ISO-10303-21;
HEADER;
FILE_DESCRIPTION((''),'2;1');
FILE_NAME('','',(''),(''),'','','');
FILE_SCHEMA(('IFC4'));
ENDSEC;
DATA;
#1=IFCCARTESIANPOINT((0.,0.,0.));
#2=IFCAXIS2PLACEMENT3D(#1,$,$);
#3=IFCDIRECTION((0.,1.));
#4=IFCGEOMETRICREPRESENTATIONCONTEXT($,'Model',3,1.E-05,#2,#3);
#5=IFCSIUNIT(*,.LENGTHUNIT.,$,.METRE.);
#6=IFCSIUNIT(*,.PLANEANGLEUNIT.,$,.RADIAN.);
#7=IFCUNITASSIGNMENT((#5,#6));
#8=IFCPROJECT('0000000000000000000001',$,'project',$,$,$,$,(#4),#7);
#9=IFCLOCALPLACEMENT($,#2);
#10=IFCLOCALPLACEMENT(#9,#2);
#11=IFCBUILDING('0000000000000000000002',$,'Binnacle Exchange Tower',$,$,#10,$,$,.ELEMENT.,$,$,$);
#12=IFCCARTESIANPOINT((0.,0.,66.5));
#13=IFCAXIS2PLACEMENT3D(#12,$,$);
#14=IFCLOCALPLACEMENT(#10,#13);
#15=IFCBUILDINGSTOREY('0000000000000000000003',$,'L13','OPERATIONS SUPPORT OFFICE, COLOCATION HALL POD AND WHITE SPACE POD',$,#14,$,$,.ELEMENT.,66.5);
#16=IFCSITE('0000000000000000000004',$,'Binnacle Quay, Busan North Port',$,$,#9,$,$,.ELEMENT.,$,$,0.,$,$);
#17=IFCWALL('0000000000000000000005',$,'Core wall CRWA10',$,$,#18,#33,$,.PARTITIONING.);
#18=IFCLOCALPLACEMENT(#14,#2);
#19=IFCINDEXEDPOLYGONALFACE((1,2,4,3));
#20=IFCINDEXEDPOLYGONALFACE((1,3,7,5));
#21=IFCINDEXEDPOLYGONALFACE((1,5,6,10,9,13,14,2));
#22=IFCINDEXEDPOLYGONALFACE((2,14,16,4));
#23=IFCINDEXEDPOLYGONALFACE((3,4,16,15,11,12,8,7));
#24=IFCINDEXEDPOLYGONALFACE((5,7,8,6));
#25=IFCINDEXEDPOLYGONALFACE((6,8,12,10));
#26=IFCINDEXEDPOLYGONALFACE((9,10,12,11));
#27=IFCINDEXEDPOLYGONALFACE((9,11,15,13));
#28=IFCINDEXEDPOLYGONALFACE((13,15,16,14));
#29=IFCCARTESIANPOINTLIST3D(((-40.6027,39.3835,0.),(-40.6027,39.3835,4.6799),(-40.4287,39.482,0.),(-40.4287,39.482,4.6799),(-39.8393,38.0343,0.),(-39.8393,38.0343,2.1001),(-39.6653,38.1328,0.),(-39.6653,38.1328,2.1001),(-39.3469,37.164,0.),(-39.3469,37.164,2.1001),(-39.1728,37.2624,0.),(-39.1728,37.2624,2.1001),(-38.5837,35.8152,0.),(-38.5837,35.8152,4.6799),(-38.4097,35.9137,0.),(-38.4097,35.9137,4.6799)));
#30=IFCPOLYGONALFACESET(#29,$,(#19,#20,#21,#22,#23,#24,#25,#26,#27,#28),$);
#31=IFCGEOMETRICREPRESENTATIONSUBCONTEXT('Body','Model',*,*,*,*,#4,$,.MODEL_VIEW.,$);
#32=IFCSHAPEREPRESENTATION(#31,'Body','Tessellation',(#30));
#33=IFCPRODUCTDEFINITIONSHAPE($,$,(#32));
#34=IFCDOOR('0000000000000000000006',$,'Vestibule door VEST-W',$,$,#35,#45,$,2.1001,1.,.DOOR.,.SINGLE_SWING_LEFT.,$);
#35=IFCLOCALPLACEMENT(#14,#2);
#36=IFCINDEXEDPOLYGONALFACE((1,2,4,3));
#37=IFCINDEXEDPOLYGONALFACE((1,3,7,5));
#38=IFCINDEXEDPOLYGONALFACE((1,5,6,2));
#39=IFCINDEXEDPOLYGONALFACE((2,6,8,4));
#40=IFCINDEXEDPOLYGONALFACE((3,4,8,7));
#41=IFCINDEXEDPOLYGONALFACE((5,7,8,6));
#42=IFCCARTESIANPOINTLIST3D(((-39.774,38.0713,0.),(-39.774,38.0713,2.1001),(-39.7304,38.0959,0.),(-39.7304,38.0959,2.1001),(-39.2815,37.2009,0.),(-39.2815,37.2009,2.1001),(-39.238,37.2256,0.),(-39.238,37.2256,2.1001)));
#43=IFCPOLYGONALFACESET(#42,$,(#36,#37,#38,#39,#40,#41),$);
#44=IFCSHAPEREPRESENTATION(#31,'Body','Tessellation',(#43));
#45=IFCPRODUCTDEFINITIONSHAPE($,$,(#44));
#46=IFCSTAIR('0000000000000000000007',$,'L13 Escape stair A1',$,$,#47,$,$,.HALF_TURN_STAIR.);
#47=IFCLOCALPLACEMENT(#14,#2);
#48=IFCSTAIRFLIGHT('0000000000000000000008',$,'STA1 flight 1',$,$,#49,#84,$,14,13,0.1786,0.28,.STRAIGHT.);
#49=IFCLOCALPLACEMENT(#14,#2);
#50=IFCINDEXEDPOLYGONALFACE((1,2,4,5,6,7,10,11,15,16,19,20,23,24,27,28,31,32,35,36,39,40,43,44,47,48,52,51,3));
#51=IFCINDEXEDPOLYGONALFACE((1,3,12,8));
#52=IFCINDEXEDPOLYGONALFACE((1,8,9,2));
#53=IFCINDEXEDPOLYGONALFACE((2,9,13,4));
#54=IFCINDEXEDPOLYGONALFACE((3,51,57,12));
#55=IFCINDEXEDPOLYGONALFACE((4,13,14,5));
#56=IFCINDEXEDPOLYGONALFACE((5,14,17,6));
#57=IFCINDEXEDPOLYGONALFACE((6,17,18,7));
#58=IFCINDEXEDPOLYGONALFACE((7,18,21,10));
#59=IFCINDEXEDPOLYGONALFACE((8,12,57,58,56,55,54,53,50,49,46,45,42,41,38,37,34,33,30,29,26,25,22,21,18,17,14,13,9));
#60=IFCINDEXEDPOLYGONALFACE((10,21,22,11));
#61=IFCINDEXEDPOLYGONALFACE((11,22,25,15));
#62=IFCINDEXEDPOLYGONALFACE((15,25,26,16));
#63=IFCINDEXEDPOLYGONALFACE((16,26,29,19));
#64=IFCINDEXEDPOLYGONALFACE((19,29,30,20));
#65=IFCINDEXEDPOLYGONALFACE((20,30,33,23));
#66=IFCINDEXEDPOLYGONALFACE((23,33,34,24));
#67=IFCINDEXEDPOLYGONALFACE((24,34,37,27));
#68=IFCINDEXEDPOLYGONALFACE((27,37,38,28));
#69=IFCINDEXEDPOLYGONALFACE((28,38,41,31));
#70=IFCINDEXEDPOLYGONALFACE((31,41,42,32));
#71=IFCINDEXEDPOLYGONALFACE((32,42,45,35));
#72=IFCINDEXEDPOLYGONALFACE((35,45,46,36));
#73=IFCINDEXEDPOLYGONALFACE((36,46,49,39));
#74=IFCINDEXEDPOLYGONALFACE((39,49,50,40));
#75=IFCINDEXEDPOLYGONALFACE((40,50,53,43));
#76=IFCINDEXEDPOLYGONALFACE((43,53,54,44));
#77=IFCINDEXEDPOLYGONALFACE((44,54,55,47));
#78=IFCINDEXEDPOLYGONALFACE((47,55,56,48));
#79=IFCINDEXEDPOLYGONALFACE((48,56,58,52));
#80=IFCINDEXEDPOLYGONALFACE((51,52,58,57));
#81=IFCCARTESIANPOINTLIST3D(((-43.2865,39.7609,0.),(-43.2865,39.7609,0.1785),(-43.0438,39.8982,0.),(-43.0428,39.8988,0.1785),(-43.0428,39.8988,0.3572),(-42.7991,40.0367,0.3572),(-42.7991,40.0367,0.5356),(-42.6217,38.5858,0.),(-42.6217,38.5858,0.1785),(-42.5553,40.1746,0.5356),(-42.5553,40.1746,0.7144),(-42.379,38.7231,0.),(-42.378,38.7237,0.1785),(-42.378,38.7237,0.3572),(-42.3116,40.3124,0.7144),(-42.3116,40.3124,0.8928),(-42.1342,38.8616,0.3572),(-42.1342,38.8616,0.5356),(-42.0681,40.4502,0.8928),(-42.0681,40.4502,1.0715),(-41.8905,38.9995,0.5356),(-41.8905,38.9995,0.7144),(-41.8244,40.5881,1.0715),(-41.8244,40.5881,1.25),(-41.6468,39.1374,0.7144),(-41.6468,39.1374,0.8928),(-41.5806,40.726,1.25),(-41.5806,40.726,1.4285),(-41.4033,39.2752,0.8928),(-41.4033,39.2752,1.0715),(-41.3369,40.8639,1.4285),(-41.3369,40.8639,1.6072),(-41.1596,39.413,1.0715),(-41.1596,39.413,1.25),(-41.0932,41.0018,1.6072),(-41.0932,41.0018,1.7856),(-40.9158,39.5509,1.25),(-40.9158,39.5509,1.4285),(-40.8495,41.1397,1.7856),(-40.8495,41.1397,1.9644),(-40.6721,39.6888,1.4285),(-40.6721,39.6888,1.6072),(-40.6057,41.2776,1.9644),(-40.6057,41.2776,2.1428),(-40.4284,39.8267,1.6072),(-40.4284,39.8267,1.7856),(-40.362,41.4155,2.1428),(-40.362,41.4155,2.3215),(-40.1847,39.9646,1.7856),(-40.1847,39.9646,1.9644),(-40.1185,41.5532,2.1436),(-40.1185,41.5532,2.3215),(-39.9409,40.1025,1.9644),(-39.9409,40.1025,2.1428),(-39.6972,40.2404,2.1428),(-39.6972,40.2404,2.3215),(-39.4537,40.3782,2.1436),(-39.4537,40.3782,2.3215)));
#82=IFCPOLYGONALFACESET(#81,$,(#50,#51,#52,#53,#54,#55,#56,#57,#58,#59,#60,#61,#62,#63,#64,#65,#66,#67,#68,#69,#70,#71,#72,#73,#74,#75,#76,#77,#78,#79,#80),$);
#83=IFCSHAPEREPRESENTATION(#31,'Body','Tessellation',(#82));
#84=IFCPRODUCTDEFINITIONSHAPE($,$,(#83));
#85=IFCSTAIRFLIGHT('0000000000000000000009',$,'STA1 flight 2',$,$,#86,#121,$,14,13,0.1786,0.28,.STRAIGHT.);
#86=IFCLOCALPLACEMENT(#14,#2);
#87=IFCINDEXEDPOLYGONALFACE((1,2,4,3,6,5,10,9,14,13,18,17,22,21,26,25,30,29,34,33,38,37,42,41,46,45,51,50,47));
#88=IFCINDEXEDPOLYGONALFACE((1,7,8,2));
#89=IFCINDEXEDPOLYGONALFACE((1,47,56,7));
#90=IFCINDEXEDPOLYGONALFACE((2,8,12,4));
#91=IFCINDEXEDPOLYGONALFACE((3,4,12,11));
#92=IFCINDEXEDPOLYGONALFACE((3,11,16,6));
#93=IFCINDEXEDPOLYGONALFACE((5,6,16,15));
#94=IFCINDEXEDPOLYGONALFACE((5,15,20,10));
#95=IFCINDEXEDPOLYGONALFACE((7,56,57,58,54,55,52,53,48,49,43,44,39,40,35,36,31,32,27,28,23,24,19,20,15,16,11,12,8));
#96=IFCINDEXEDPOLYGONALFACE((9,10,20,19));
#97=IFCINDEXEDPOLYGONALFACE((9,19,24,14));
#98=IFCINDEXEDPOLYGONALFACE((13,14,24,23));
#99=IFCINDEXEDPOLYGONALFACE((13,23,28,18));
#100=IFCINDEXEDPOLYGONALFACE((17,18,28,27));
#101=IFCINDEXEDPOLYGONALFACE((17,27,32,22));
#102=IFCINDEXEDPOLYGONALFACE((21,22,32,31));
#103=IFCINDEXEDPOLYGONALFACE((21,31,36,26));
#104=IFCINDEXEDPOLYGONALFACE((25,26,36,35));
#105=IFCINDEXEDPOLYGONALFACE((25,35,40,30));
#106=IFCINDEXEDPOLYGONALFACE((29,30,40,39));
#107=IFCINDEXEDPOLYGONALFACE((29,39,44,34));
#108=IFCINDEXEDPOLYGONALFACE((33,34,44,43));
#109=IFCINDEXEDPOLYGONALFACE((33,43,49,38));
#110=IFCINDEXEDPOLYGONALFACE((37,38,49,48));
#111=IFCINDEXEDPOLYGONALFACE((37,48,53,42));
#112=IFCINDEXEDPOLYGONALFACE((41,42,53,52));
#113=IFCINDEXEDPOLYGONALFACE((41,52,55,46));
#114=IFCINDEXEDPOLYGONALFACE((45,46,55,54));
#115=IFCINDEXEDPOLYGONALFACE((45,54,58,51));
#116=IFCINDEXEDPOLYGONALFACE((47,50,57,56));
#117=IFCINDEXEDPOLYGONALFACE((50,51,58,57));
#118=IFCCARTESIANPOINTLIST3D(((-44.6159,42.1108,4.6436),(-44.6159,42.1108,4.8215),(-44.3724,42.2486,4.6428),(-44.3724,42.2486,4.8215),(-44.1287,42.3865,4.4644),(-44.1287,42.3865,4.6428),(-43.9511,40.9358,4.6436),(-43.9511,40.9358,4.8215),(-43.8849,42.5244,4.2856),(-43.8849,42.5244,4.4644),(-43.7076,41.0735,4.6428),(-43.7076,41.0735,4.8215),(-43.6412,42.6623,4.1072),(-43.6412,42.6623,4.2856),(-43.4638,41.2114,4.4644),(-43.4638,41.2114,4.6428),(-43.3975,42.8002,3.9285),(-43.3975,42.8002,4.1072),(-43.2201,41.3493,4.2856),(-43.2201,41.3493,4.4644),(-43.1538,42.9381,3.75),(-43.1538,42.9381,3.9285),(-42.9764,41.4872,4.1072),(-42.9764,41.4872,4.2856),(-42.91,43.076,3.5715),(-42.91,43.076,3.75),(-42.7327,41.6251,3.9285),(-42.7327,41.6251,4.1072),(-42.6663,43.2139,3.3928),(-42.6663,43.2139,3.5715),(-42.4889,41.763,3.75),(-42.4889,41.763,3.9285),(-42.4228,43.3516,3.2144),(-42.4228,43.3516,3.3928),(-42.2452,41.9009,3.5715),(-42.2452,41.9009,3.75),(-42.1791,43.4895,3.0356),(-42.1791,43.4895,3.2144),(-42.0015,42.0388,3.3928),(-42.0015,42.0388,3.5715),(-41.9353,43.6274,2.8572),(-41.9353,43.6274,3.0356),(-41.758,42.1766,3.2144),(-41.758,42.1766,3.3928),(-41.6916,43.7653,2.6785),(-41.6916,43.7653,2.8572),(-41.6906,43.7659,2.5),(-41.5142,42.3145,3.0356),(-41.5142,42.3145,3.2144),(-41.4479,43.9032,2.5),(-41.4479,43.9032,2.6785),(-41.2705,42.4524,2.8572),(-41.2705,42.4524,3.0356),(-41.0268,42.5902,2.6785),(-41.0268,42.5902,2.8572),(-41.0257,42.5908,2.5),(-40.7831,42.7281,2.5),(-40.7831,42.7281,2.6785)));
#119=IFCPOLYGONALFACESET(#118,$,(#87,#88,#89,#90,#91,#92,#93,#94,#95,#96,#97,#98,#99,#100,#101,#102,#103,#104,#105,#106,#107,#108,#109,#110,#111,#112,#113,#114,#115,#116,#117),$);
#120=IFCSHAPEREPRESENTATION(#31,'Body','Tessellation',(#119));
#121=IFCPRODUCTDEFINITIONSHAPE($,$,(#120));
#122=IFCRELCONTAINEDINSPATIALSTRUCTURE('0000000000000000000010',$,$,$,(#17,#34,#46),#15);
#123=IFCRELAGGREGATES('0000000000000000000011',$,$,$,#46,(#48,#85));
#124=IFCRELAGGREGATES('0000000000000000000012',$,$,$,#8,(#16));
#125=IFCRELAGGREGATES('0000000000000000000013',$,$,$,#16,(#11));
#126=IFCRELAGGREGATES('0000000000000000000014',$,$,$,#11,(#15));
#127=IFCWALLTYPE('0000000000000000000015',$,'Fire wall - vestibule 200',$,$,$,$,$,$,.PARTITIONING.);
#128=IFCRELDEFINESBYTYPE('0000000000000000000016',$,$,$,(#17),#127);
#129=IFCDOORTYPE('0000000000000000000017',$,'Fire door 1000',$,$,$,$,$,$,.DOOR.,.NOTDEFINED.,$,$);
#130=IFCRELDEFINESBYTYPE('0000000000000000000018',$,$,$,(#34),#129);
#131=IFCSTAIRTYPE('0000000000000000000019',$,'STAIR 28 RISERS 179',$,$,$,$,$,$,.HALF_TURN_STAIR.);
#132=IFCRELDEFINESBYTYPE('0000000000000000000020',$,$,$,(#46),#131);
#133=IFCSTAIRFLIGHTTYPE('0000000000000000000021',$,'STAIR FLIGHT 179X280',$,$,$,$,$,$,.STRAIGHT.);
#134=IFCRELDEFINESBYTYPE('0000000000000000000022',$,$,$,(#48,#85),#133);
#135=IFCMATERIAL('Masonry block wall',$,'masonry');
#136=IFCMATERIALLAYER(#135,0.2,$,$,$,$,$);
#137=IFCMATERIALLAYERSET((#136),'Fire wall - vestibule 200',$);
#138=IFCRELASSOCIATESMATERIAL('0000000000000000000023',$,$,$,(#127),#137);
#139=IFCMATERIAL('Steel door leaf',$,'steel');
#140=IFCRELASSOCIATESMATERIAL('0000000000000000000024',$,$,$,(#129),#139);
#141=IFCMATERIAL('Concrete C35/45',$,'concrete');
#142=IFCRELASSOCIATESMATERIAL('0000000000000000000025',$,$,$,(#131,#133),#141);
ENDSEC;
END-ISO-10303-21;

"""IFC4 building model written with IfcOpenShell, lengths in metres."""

from ifc_helpers import new_model, si_unit, direction, frame, frame_2d, origin, place, context, subcontext, project, spatial, polyline, rectangle, outline, extrude, material, layer, layer_set, type_object, element, fill, aggregate, save


model = new_model("IFC4")

# Units and contexts
model_context = context("Model", 3, precision=1e-05, world=origin(), true_north=direction((0.0, 1.0)))
body_context = subcontext(model_context, "Body", "Model", "MODEL_VIEW")
ifc_project = project(units=[si_unit("LENGTHUNIT", "METRE"), si_unit("PLANEANGLEUNIT", "RADIAN")], contexts=[model_context])

# Site, building, storey
site_placement = place(None, origin())
site = spatial("IfcSite", under=ifc_project, at=site_placement, Name="Binnacle Quay, Busan North Port", CompositionType="ELEMENT", RefElevation=0.0)
building_placement = place(site_placement, origin())
building = spatial("IfcBuilding", under=site, at=building_placement, Name="Binnacle Exchange Tower", CompositionType="ELEMENT")
storey_placement = place(building_placement, frame((0.0, 0.0, 66.5)))
storey = spatial("IfcBuildingStorey", under=building, at=storey_placement, Name="L13", Description="OPERATIONS SUPPORT OFFICE, COLOCATION HALL POD AND WHITE SPACE POD", CompositionType="ELEMENT", Elevation=66.5)

# Shared definitions
ifc_material_1 = material(Name="Steel door leaf", Category="steel")

# Shared definitions
ifc_material_2 = material(Name="Masonry block wall", Category="masonry")

# Wall, opening, door
ifc_layer_1 = layer(ifc_material_2, 0.2)
ifc_layer_set_1 = layer_set([ifc_layer_1], Name="Fire wall - vestibule 200")
wall_type_1 = type_object("IfcWallType", Name="Fire wall - vestibule 200", PredefinedType="PARTITIONING", material=ifc_layer_set_1)
wall_1_placement = place(storey_placement, frame((-40.5156, 39.4326, 0.0), z_axis=(0.0, 0.0, 1.0), x_axis=(0.492454, -0.870339, 0.0)))
wall_1 = element("IfcWall", 1, at=wall_1_placement, inside=storey, type_object=wall_type_1, Name="Core wall CRWA10", PredefinedType="PARTITIONING", context=body_context, shape_type="SweptSolid", body=[
    extrude(rectangle(XDim=4.0999, YDim=0.2, at=frame_2d((2.0498, 0.0))), origin(), (0.0, 0.0, 1.0), 4.6799),
])
opening_1_placement = place(wall_1_placement, frame((1.55, 0.0, 0.0)))
opening_1 = element("IfcOpeningElement", 2, at=opening_1_placement, cuts=wall_1, PredefinedType="OPENING", context=body_context, shape_type="SweptSolid", body=[
    extrude(rectangle(XDim=1.0, YDim=2.1001, at=frame_2d((0.5, 1.05))), frame((0.0, 0.1099, 0.0), z_axis=(0.0, -1.0, 0.0), x_axis=(1.0, 0.0, 0.0)), (0.0, 0.0, 1.0), 0.22),
])
door_type_1 = type_object("IfcDoorType", Name="Fire door 1000", OperationType="NOTDEFINED", PredefinedType="DOOR", material=ifc_material_1)
door_1_placement = place(opening_1_placement, frame((1.0, 0.0, 0.0), z_axis=(0.0, 0.0, 1.0), x_axis=(-1.0, 0.0, 0.0)))
door_1 = element("IfcDoor", 3, at=door_1_placement, inside=storey, type_object=door_type_1, Name="Vestibule door VEST-W", OperationType="SINGLE_SWING_LEFT", OverallHeight=2.1001, OverallWidth=1.0, PredefinedType="DOOR", context=body_context, shape_type="SweptSolid", body=[
    extrude(rectangle(XDim=1.0, YDim=2.1001, at=frame_2d((0.5, 1.05))), frame((0.0, 0.0249, 0.0), z_axis=(0.0, -1.0, 0.0), x_axis=(1.0, 0.0, 0.0)), (0.0, 0.0, 1.0), 0.05),
])
fill(opening_1, door_1)

# Stair, stair flights
ifc_material_3 = material(Name="Concrete C35/45", Category="concrete")
stair_type = type_object("IfcStairType", Name="STAIR 28 RISERS 179", PredefinedType="HALF_TURN_STAIR", material=ifc_material_3)
stair_placement = place(storey_placement, origin())
stair = element("IfcStair", 4, at=stair_placement, inside=storey, type_object=stair_type, Name="L13 Escape stair A1", PredefinedType="HALF_TURN_STAIR")
stair_flight_type = type_object("IfcStairFlightType", Name="STAIR FLIGHT 179X280", PredefinedType="STRAIGHT", material=ifc_material_3)
stair_flight_1_placement = place(storey_placement, frame((-42.9541, 39.1733, 0.0), z_axis=(0.0, 0.0, 1.0), x_axis=(0.870356, 0.492424, 0.0)))
stair_flight_1 = element("IfcStairFlight", 5, at=stair_flight_1_placement, type_object=stair_flight_type, Name="STA1 flight 1", NumberOfRisers=14, NumberOfTreads=13, PredefinedType="STRAIGHT", RiserHeight=0.1786, TreadLength=0.28, context=body_context, shape_type="SweptSolid", body=[
    extrude(outline(polyline([(0.0, 0.0), (0.0, 0.1785), (0.28, 0.1785), (0.28, 0.3572), (0.5601, 0.3572), (0.5601, 0.5356), (0.8401, 0.5356), (0.8401, 0.7144), (1.1201, 0.7144), (1.1201, 0.8928), (1.3999, 0.8928), (1.3999, 1.0715), (1.6799, 1.0715), (1.6799, 1.25), (1.96, 1.25), (1.96, 1.4285), (2.24, 1.4285), (2.24, 1.6072), (2.52, 1.6072), (2.52, 1.7856), (2.8, 1.7856), (2.8, 1.9644), (3.0801, 1.9644), (3.0801, 2.1428), (3.3601, 2.1428), (3.3601, 2.3215), (3.6399, 2.3215), (3.6399, 2.5), (3.6399, 2.1436), (0.2788, 0.0), (0.0, 0.0)])), frame((0.0, 0.675, 0.0), z_axis=(0.0, -1.0, 0.0), x_axis=(1.0, 0.0, 0.0)), (0.0, 0.0, 1.0), 1.3501),
])
stair_flight_2_placement = place(storey_placement, frame((-41.1155, 43.3157, 2.5), z_axis=(0.0, 0.0, 1.0), x_axis=(-0.870356, -0.492424, 0.0)))
stair_flight_2 = element("IfcStairFlight", 6, at=stair_flight_2_placement, type_object=stair_flight_type, Name="STA1 flight 2", NumberOfRisers=14, NumberOfTreads=13, PredefinedType="STRAIGHT", RiserHeight=0.1786, TreadLength=0.28, context=body_context, shape_type="SweptSolid", body=[
    extrude(outline(polyline([(0.0, 0.0), (0.0, 0.1785), (0.28, 0.1785), (0.28, 0.3572), (0.5601, 0.3572), (0.5601, 0.5356), (0.8401, 0.5356), (0.8401, 0.7144), (1.1201, 0.7144), (1.1201, 0.8928), (1.3999, 0.8928), (1.3999, 1.0715), (1.6799, 1.0715), (1.6799, 1.25), (1.96, 1.25), (1.96, 1.4285), (2.24, 1.4285), (2.24, 1.6072), (2.52, 1.6072), (2.52, 1.7856), (2.8, 1.7856), (2.8, 1.9644), (3.0801, 1.9644), (3.0801, 2.1428), (3.3601, 2.1428), (3.3601, 2.3215), (3.6399, 2.3215), (3.6399, 2.5), (3.6399, 2.1436), (0.2788, 0.0), (0.0, 0.0)])), frame((0.0, 0.675, 0.0), z_axis=(0.0, -1.0, 0.0), x_axis=(1.0, 0.0, 0.0)), (0.0, 0.0, 1.0), 1.3501),
])
aggregate(stair, [stair_flight_1, stair_flight_2])

save(model, "model.ifc")
